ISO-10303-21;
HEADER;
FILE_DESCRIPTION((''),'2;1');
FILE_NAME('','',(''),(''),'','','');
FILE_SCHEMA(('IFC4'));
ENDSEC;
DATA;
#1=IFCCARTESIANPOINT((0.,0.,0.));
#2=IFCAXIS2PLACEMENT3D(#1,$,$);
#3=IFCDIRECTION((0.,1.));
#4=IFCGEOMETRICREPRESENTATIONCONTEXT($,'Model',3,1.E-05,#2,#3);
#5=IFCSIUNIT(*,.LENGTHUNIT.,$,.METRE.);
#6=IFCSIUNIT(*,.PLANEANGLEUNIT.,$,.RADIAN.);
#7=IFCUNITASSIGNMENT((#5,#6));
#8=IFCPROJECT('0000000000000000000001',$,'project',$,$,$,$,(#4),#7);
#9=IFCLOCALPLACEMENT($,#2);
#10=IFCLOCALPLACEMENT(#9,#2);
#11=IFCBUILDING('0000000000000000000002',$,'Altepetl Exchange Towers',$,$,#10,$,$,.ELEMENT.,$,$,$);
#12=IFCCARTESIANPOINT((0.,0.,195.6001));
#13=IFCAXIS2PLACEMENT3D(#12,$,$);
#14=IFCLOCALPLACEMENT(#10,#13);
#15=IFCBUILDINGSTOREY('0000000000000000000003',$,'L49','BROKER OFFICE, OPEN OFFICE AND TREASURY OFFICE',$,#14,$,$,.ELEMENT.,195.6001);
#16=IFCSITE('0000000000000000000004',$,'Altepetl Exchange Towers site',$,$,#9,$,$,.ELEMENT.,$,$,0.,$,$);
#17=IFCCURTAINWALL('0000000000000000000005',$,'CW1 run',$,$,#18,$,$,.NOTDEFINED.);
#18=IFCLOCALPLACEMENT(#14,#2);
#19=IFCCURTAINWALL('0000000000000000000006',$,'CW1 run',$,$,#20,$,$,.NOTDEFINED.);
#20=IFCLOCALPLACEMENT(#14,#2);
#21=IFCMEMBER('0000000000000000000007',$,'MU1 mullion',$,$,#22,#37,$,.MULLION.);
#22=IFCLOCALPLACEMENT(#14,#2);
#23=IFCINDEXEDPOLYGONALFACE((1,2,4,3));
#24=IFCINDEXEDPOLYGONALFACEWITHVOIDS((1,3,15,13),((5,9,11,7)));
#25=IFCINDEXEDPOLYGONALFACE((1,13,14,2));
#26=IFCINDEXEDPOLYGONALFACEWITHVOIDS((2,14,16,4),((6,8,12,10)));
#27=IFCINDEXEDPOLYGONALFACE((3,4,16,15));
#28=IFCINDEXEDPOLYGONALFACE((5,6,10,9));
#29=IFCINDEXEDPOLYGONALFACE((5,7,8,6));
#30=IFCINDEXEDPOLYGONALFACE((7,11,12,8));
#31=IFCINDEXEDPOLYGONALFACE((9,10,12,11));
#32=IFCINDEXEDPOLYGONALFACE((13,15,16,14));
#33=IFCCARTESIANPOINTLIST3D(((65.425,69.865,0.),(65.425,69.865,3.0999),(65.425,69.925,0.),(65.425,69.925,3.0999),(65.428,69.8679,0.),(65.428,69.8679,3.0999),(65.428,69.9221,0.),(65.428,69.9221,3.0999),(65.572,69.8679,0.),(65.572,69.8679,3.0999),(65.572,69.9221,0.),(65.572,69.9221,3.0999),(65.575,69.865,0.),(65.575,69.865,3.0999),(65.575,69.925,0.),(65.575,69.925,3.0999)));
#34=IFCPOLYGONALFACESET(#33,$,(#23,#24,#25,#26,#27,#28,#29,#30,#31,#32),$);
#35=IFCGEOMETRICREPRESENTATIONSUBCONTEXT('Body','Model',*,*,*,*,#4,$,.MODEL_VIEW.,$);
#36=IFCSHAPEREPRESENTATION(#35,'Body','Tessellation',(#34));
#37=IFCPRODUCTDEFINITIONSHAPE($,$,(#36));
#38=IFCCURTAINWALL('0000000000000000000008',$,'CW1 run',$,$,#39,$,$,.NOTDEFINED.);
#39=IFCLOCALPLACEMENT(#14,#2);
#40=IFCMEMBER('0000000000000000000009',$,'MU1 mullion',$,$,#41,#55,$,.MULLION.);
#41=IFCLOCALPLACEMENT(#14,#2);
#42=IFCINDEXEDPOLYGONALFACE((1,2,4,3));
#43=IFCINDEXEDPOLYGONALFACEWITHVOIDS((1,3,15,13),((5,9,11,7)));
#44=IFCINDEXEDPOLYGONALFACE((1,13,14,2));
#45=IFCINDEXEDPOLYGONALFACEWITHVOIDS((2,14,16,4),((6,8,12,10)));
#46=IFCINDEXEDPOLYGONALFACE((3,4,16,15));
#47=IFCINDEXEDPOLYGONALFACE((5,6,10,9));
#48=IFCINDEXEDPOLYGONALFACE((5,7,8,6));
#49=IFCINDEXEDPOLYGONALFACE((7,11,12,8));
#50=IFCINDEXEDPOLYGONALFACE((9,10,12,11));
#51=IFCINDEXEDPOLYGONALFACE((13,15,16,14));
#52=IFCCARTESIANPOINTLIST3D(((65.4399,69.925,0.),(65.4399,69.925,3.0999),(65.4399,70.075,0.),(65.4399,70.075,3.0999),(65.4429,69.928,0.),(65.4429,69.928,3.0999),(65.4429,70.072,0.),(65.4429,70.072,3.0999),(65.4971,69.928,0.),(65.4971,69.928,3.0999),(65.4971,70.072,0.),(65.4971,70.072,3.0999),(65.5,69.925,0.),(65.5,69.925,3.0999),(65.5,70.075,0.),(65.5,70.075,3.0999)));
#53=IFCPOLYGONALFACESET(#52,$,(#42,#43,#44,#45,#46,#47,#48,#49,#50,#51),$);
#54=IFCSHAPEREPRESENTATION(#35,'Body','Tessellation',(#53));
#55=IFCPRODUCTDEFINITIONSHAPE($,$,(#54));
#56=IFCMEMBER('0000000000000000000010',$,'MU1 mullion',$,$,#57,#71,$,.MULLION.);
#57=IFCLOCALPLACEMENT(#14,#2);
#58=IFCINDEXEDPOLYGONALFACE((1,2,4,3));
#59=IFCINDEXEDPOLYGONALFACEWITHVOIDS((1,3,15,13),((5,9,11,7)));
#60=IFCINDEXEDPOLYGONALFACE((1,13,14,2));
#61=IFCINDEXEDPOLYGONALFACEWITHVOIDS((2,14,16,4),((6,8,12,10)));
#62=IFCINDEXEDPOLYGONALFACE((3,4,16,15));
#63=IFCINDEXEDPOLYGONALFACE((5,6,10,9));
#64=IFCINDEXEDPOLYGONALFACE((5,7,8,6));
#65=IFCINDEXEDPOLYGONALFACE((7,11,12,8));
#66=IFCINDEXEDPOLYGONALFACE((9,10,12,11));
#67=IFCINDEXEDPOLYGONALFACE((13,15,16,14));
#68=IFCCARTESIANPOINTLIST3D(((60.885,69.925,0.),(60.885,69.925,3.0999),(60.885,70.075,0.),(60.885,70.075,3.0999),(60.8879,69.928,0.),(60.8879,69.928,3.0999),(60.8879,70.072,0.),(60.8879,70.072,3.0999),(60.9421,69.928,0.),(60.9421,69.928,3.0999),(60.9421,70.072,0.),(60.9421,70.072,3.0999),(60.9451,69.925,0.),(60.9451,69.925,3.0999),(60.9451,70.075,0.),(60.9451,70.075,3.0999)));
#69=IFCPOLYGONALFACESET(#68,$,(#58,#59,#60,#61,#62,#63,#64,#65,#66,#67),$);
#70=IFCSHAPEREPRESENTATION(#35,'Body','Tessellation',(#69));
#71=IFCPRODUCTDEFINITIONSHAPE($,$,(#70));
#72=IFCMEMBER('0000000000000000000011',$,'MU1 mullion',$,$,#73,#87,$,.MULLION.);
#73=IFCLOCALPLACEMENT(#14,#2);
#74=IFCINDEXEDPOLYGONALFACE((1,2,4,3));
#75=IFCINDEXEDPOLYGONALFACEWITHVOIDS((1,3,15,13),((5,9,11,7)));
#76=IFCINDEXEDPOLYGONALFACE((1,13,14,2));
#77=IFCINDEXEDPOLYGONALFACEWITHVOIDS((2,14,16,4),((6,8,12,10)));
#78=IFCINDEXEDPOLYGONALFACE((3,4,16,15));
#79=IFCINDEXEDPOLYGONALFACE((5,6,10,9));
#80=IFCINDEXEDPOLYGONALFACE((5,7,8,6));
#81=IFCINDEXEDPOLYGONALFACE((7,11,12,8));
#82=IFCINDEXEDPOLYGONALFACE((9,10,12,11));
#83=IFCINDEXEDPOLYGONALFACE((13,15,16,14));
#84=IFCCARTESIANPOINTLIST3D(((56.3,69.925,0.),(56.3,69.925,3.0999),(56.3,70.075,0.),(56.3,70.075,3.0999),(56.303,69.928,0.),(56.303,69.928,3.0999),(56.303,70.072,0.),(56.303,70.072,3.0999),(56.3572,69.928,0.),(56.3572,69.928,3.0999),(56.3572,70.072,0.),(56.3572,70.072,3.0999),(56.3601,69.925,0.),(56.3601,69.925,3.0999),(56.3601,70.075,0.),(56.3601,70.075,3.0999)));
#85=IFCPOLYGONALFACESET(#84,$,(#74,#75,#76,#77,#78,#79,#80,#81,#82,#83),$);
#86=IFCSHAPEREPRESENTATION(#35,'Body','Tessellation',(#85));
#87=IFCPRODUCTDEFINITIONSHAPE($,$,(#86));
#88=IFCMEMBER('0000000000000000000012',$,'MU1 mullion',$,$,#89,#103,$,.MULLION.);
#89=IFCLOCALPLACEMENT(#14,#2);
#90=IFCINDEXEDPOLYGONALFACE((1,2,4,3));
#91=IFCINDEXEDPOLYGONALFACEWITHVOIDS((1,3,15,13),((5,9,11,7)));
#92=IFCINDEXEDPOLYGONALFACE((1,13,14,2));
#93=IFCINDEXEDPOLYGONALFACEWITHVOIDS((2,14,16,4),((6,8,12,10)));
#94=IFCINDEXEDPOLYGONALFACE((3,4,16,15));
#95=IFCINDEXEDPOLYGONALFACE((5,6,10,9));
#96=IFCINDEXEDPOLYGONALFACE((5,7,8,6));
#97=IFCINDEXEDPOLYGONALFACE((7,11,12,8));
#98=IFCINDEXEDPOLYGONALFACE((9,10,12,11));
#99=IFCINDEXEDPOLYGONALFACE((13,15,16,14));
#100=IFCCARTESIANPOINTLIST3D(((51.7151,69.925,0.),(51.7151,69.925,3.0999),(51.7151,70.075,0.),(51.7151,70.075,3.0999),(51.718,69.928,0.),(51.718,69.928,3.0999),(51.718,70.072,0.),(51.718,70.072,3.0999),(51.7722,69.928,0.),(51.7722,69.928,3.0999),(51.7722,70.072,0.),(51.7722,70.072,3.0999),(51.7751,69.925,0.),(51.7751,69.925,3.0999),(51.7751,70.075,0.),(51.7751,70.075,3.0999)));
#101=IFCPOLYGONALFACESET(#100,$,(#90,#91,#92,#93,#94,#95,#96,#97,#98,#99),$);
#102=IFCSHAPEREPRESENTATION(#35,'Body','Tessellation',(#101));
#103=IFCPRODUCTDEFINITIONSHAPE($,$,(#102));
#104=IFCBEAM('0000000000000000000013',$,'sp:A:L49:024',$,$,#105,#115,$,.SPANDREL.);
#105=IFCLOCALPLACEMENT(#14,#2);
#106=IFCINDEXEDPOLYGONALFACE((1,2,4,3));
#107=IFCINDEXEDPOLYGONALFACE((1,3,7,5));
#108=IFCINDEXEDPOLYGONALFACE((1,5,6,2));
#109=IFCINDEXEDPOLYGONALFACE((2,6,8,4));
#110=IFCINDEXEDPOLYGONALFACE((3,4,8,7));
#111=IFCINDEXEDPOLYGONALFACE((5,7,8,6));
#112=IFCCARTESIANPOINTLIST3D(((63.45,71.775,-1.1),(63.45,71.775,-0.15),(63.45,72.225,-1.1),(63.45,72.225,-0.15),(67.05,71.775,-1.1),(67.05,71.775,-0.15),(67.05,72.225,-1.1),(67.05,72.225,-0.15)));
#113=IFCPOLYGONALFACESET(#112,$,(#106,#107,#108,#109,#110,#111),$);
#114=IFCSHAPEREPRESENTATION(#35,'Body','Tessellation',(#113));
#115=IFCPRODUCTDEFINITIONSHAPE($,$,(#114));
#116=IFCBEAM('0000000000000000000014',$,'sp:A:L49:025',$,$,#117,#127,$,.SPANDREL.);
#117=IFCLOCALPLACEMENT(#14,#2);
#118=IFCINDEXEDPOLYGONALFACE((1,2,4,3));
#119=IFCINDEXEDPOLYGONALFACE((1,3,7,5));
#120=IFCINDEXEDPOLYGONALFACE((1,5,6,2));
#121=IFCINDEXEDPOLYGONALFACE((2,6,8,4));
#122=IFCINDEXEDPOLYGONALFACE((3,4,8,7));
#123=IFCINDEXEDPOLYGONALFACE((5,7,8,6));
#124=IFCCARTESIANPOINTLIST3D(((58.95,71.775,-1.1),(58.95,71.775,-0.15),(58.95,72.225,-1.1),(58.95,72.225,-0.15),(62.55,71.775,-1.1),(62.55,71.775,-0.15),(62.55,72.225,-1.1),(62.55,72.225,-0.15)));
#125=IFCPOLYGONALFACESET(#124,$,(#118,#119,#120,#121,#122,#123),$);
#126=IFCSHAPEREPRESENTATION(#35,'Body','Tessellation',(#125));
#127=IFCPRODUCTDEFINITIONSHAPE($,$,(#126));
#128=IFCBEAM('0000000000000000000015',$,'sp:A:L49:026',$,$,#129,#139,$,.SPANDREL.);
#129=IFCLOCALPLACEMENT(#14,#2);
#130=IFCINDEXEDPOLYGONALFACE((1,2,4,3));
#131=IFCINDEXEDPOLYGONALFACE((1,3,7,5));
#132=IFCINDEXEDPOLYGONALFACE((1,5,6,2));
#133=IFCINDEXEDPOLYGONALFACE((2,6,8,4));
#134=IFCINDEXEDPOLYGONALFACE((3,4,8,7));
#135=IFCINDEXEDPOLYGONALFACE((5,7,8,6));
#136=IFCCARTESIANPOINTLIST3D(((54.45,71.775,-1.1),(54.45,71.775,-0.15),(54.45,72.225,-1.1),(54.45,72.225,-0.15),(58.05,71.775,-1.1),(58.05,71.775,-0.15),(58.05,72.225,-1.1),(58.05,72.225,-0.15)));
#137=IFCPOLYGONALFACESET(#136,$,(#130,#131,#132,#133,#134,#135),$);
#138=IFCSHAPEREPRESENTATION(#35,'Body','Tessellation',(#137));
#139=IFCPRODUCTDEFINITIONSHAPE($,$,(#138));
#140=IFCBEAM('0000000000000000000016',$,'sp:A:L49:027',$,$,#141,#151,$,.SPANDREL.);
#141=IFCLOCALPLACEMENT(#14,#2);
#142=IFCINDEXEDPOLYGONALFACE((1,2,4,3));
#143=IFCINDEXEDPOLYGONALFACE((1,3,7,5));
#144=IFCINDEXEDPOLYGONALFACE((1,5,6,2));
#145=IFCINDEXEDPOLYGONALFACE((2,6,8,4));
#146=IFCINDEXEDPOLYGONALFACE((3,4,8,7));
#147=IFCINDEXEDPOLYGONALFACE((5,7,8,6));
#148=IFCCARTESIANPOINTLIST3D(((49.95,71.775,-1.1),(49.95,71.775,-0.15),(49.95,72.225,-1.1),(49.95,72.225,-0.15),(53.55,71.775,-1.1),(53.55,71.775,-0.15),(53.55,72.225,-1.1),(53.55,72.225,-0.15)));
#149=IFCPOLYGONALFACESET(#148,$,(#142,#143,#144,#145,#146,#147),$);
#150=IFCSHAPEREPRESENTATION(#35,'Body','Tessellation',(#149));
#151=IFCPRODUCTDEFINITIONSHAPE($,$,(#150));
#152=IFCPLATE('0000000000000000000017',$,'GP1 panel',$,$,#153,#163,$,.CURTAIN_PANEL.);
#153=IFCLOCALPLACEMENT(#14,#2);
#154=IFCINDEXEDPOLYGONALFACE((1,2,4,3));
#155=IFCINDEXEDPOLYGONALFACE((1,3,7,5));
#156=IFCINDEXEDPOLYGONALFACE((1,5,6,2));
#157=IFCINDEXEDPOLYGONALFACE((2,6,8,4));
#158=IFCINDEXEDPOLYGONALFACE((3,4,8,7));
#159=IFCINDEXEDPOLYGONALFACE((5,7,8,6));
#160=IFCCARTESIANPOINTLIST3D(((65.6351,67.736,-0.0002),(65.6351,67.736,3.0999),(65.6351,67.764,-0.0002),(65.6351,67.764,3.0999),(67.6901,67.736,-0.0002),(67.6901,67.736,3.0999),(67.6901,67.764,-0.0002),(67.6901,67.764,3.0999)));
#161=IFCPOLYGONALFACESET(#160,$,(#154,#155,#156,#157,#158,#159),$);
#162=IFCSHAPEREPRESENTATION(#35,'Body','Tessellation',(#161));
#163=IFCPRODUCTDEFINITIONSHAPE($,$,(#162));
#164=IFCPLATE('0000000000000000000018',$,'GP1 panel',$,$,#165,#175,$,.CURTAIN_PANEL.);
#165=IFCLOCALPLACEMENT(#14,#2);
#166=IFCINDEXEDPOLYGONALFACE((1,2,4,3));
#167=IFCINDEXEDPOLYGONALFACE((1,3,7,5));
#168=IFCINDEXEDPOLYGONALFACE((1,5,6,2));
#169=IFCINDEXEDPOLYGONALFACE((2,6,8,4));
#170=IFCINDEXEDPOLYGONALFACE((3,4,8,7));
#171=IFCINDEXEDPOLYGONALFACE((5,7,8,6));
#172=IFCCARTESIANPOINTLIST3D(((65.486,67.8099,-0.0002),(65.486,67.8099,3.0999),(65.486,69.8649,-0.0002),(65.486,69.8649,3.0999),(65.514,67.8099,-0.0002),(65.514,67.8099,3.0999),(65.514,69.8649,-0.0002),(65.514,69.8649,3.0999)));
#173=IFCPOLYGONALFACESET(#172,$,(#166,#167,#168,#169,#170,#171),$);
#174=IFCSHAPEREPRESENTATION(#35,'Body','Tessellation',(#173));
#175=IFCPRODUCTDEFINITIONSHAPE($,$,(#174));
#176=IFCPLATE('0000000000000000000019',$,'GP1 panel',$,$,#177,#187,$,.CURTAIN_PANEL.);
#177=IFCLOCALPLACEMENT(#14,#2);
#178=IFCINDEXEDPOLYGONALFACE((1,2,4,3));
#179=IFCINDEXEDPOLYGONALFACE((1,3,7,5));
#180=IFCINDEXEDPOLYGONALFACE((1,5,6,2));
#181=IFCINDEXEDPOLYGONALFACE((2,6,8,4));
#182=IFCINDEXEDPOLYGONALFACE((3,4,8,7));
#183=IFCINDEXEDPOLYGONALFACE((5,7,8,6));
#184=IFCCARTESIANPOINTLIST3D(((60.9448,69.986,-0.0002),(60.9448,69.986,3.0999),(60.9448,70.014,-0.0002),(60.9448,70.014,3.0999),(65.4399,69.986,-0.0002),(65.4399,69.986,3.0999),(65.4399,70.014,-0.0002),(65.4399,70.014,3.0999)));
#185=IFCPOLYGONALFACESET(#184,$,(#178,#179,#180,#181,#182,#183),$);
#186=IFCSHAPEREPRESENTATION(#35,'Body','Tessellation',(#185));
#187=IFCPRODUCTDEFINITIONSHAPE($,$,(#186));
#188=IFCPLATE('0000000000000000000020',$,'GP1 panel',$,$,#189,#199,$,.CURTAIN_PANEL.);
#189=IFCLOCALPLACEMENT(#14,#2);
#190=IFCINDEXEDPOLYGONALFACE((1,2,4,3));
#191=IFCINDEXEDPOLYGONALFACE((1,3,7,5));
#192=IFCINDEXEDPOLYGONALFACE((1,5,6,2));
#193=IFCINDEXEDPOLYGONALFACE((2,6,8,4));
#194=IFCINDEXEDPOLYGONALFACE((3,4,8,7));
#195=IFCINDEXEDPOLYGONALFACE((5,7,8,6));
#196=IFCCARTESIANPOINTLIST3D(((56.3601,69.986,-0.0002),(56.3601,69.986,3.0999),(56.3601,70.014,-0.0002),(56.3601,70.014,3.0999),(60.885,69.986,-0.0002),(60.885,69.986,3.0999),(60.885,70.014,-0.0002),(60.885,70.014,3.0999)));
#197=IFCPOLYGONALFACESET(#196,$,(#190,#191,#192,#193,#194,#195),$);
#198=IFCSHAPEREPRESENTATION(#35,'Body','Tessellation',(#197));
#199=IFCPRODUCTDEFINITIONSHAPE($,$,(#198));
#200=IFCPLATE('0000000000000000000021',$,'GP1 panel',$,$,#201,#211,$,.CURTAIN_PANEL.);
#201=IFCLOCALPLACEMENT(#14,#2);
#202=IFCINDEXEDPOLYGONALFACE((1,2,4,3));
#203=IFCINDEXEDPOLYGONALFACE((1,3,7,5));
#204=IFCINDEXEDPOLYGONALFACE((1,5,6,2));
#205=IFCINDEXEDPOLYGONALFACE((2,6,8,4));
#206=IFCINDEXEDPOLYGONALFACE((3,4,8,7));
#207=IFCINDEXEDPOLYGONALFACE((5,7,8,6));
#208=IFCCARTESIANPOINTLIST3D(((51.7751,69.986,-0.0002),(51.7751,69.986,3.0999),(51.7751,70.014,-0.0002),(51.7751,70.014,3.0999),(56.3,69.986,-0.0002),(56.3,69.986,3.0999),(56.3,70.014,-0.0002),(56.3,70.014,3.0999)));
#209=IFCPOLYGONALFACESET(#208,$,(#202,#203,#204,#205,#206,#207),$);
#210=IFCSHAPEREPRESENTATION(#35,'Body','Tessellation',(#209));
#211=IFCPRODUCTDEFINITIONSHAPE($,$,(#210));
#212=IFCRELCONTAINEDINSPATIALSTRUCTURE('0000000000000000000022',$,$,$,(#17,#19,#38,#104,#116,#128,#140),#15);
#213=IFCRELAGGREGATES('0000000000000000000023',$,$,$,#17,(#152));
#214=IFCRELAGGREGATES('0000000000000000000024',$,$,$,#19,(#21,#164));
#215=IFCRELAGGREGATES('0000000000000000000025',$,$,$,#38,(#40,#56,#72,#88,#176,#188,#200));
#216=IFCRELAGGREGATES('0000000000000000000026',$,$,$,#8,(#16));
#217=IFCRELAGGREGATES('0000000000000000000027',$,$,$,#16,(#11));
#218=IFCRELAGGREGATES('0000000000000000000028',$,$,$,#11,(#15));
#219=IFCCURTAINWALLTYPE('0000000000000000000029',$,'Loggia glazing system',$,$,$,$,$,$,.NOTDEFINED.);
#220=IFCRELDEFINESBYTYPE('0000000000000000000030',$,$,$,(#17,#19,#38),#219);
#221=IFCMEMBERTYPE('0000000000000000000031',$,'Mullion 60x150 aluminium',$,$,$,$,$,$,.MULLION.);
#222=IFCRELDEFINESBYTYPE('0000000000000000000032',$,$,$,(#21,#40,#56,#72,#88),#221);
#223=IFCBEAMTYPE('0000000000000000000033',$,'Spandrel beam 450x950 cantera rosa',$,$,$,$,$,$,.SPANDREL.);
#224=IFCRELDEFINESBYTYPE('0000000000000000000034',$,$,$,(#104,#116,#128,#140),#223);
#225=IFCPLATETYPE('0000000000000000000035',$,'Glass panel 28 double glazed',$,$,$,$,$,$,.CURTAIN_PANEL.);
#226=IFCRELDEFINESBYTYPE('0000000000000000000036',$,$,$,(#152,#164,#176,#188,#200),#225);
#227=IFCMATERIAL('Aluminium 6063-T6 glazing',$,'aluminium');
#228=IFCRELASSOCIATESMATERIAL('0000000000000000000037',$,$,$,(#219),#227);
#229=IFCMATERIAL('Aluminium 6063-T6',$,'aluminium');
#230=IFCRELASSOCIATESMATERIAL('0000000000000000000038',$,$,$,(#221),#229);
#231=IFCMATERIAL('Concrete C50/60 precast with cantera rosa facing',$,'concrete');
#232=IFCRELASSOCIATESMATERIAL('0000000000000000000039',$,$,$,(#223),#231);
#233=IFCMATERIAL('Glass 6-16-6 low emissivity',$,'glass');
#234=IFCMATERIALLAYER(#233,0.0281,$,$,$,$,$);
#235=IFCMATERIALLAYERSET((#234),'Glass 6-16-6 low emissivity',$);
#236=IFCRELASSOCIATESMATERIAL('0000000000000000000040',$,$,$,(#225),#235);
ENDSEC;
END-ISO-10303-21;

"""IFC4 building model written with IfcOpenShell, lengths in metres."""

from ifc_helpers import new_model, si_unit, direction, frame, origin, origin_2d, place, context, subcontext, project, spatial, rectangle, hollow_rectangle, extrude, material, layer, layer_set, material_profile, profile_set, type_object, element, aggregate, save


model = new_model("IFC4")

# Units and contexts
model_context = context("Model", 3, precision=1e-05, world=origin(), true_north=direction((0.0, 1.0)))
body_context = subcontext(model_context, "Body", "Model", "MODEL_VIEW")
ifc_project = project(units=[si_unit("LENGTHUNIT", "METRE"), si_unit("PLANEANGLEUNIT", "RADIAN")], contexts=[model_context])

# Site, building, storey
site_placement = place(None, origin())
site = spatial("IfcSite", under=ifc_project, at=site_placement, Name="Altepetl Exchange Towers site", CompositionType="ELEMENT", RefElevation=0.0)
building_placement = place(site_placement, origin())
building = spatial("IfcBuilding", under=site, at=building_placement, Name="Altepetl Exchange Towers", CompositionType="ELEMENT")
storey_placement = place(building_placement, frame((0.0, 0.0, 195.6001)))
storey = spatial("IfcBuildingStorey", under=building, at=storey_placement, Name="L49", Description="BROKER OFFICE, OPEN OFFICE AND TREASURY OFFICE", CompositionType="ELEMENT", Elevation=195.6001)

# Curtain wall
ifc_material_1 = material(Name="Aluminium 6063-T6 glazing", Category="aluminium")
curtain_wall_type = type_object("IfcCurtainWallType", Name="Loggia glazing system", PredefinedType="NOTDEFINED", material=ifc_material_1)
curtain_wall_1_placement = place(storey_placement, origin())
curtain_wall_1 = element("IfcCurtainWall", 1, at=curtain_wall_1_placement, inside=storey, type_object=curtain_wall_type, Name="CW1 run", PredefinedType="NOTDEFINED")
ifc_material_2 = material(Name="Aluminium 6063-T6", Category="aluminium")
ifc_material_profile_1 = material_profile(ifc_material_2, hollow_rectangle(XDim=0.0601, YDim=0.1499, WallThickness=0.0029, at=origin_2d()), Name="Mullion 60x150 aluminium")
ifc_profile_set_1 = profile_set([ifc_material_profile_1], Name="Aluminium 6063-T6")
member_type = type_object("IfcMemberType", Name="Mullion 60x150 aluminium", PredefinedType="MULLION", material=ifc_profile_set_1)

# Curtain walls, members
curtain_wall_2_placement = place(storey_placement, origin())
curtain_wall_2 = element("IfcCurtainWall", 2, at=curtain_wall_2_placement, inside=storey, type_object=curtain_wall_type, Name="CW1 run", PredefinedType="NOTDEFINED")
member_1_placement = place(storey_placement, frame((65.5, 69.895, 0.0), z_axis=(0.0, 0.0, 1.0), x_axis=(0.0, 1.0, 0.0)))
member_1 = element("IfcMember", 3, at=member_1_placement, type_object=member_type, Name="MU1 mullion", PredefinedType="MULLION", context=body_context, shape_type="SweptSolid", body=[
    extrude(hollow_rectangle(XDim=0.0601, YDim=0.1499, WallThickness=0.0029, at=origin_2d()), origin(), (0.0, 0.0, 1.0), 3.0999),
])
curtain_wall_3_placement = place(storey_placement, origin())
curtain_wall_3 = element("IfcCurtainWall", 4, at=curtain_wall_3_placement, inside=storey, type_object=curtain_wall_type, Name="CW1 run", PredefinedType="NOTDEFINED")
member_2_placement = place(storey_placement, frame((65.47, 70.0, 0.0), z_axis=(0.0, 0.0, 1.0), x_axis=(-1.0, 0.0, 0.0)))
member_2 = element("IfcMember", 5, at=member_2_placement, type_object=member_type, Name="MU1 mullion", PredefinedType="MULLION", context=body_context, shape_type="SweptSolid", body=[
    extrude(hollow_rectangle(XDim=0.0601, YDim=0.1499, WallThickness=0.0029, at=origin_2d()), origin(), (0.0, 0.0, 1.0), 3.0999),
])
member_3_placement = place(storey_placement, frame((60.915, 70.0, 0.0), z_axis=(0.0, 0.0, 1.0), x_axis=(-1.0, 0.0, 0.0)))
member_3 = element("IfcMember", 6, at=member_3_placement, type_object=member_type, Name="MU1 mullion", PredefinedType="MULLION", context=body_context, shape_type="SweptSolid", body=[
    extrude(hollow_rectangle(XDim=0.0601, YDim=0.1499, WallThickness=0.0029, at=origin_2d()), origin(), (0.0, 0.0, 1.0), 3.0999),
])
member_4_placement = place(storey_placement, frame((56.3301, 70.0, 0.0), z_axis=(0.0, 0.0, 1.0), x_axis=(-1.0, 0.0, 0.0)))
member_4 = element("IfcMember", 7, at=member_4_placement, type_object=member_type, Name="MU1 mullion", PredefinedType="MULLION", context=body_context, shape_type="SweptSolid", body=[
    extrude(hollow_rectangle(XDim=0.0601, YDim=0.1499, WallThickness=0.0029, at=origin_2d()), origin(), (0.0, 0.0, 1.0), 3.0999),
])
member_5_placement = place(storey_placement, frame((51.7451, 70.0, 0.0), z_axis=(0.0, 0.0, 1.0), x_axis=(-1.0, 0.0, 0.0)))
member_5 = element("IfcMember", 8, at=member_5_placement, type_object=member_type, Name="MU1 mullion", PredefinedType="MULLION", context=body_context, shape_type="SweptSolid", body=[
    extrude(hollow_rectangle(XDim=0.0601, YDim=0.1499, WallThickness=0.0029, at=origin_2d()), origin(), (0.0, 0.0, 1.0), 3.0999),
])

# Beams
ifc_material_3 = material(Name="Concrete C50/60 precast with cantera rosa facing", Category="concrete")
ifc_material_profile_2 = material_profile(ifc_material_3, rectangle(XDim=0.45, YDim=0.95, at=origin_2d()), Name="450 x 950")
ifc_profile_set_2 = profile_set([ifc_material_profile_2], Name="Concrete C50/60 precast with cantera rosa facing")
beam_type_1 = type_object("IfcBeamType", Name="Spandrel beam 450x950 cantera rosa", PredefinedType="SPANDREL", material=ifc_profile_set_2)
for number, where, z_axis, x_axis, name in (
    (9, (67.05, 72.0, -0.625), (-1.0, 0.0, 0.0), (0.0, -1.0, 0.0), "sp:A:L49:024"),
    (10, (62.55, 72.0, -0.625), (-1.0, 0.0, 0.0), (0.0, -1.0, 0.0), "sp:A:L49:025"),
    (11, (58.05, 72.0, -0.625), (-1.0, 0.0, 0.0), (0.0, -1.0, 0.0), "sp:A:L49:026"),
    (12, (53.55, 72.0, -0.625), (-1.0, 0.0, 0.0), (0.0, -1.0, 0.0), "sp:A:L49:027"),
):
    element("IfcBeam", number, at=place(storey_placement, frame(where, z_axis=z_axis, x_axis=x_axis)), inside=storey, type_object=beam_type_1, Name=name, PredefinedType="SPANDREL", context=body_context, shape_type="SweptSolid", body=[
        extrude(rectangle(XDim=0.45, YDim=0.95, at=origin_2d()), origin(), (0.0, 0.0, 1.0), 3.6001),
    ])

# Plates
ifc_material_4 = material(Name="Glass 6-16-6 low emissivity", Category="glass")
ifc_layer_1 = layer(ifc_material_4, 0.0281)
ifc_layer_set_1 = layer_set([ifc_layer_1], Name="Glass 6-16-6 low emissivity")
plate_type = type_object("IfcPlateType", Name="Glass panel 28 double glazed", PredefinedType="CURTAIN_PANEL", material=ifc_layer_set_1)
plate_1_placement = place(storey_placement, frame((66.6626, 67.75, -0.0002), z_axis=(0.0, 0.0, 1.0), x_axis=(-1.0, 0.0, 0.0)))
plate_1 = element("IfcPlate", 13, at=plate_1_placement, type_object=plate_type, Name="GP1 panel", PredefinedType="CURTAIN_PANEL", context=body_context, shape_type="SweptSolid", body=[
    extrude(rectangle(XDim=2.0549, YDim=0.0281, at=origin_2d()), origin(), (0.0, 0.0, 1.0), 3.1001),
])
aggregate(curtain_wall_1, [plate_1])
plate_2_placement = place(storey_placement, frame((65.5, 68.8374, -0.0002), z_axis=(0.0, 0.0, 1.0), x_axis=(0.0, 1.0, 0.0)))
plate_2 = element("IfcPlate", 14, at=plate_2_placement, type_object=plate_type, Name="GP1 panel", PredefinedType="CURTAIN_PANEL", context=body_context, shape_type="SweptSolid", body=[
    extrude(rectangle(XDim=2.0549, YDim=0.0281, at=origin_2d()), origin(), (0.0, 0.0, 1.0), 3.1001),
])
aggregate(curtain_wall_2, [member_1, plate_2])
plate_3_placement = place(storey_placement, frame((63.1924, 70.0, -0.0002), z_axis=(0.0, 0.0, 1.0), x_axis=(-1.0, 0.0, 0.0)))
plate_3 = element("IfcPlate", 15, at=plate_3_placement, type_object=plate_type, Name="GP1 panel", PredefinedType="CURTAIN_PANEL", context=body_context, shape_type="SweptSolid", body=[
    extrude(rectangle(XDim=4.4951, YDim=0.0281, at=origin_2d()), origin(), (0.0, 0.0, 1.0), 3.1001),
])
plate_4_placement = place(storey_placement, frame((58.6226, 70.0, -0.0002), z_axis=(0.0, 0.0, 1.0), x_axis=(-1.0, 0.0, 0.0)))
plate_4 = element("IfcPlate", 16, at=plate_4_placement, type_object=plate_type, Name="GP1 panel", PredefinedType="CURTAIN_PANEL", context=body_context, shape_type="SweptSolid", body=[
    extrude(rectangle(XDim=4.5249, YDim=0.0281, at=origin_2d()), origin(), (0.0, 0.0, 1.0), 3.1001),
])
plate_5_placement = place(storey_placement, frame((54.0376, 70.0, -0.0002), z_axis=(0.0, 0.0, 1.0), x_axis=(-1.0, 0.0, 0.0)))
plate_5 = element("IfcPlate", 17, at=plate_5_placement, type_object=plate_type, Name="GP1 panel", PredefinedType="CURTAIN_PANEL", context=body_context, shape_type="SweptSolid", body=[
    extrude(rectangle(XDim=4.5249, YDim=0.0281, at=origin_2d()), origin(), (0.0, 0.0, 1.0), 3.1001),
])
aggregate(curtain_wall_3, [member_2, member_3, member_4, member_5, plate_3, plate_4, plate_5])

save(model, "model.ifc")
